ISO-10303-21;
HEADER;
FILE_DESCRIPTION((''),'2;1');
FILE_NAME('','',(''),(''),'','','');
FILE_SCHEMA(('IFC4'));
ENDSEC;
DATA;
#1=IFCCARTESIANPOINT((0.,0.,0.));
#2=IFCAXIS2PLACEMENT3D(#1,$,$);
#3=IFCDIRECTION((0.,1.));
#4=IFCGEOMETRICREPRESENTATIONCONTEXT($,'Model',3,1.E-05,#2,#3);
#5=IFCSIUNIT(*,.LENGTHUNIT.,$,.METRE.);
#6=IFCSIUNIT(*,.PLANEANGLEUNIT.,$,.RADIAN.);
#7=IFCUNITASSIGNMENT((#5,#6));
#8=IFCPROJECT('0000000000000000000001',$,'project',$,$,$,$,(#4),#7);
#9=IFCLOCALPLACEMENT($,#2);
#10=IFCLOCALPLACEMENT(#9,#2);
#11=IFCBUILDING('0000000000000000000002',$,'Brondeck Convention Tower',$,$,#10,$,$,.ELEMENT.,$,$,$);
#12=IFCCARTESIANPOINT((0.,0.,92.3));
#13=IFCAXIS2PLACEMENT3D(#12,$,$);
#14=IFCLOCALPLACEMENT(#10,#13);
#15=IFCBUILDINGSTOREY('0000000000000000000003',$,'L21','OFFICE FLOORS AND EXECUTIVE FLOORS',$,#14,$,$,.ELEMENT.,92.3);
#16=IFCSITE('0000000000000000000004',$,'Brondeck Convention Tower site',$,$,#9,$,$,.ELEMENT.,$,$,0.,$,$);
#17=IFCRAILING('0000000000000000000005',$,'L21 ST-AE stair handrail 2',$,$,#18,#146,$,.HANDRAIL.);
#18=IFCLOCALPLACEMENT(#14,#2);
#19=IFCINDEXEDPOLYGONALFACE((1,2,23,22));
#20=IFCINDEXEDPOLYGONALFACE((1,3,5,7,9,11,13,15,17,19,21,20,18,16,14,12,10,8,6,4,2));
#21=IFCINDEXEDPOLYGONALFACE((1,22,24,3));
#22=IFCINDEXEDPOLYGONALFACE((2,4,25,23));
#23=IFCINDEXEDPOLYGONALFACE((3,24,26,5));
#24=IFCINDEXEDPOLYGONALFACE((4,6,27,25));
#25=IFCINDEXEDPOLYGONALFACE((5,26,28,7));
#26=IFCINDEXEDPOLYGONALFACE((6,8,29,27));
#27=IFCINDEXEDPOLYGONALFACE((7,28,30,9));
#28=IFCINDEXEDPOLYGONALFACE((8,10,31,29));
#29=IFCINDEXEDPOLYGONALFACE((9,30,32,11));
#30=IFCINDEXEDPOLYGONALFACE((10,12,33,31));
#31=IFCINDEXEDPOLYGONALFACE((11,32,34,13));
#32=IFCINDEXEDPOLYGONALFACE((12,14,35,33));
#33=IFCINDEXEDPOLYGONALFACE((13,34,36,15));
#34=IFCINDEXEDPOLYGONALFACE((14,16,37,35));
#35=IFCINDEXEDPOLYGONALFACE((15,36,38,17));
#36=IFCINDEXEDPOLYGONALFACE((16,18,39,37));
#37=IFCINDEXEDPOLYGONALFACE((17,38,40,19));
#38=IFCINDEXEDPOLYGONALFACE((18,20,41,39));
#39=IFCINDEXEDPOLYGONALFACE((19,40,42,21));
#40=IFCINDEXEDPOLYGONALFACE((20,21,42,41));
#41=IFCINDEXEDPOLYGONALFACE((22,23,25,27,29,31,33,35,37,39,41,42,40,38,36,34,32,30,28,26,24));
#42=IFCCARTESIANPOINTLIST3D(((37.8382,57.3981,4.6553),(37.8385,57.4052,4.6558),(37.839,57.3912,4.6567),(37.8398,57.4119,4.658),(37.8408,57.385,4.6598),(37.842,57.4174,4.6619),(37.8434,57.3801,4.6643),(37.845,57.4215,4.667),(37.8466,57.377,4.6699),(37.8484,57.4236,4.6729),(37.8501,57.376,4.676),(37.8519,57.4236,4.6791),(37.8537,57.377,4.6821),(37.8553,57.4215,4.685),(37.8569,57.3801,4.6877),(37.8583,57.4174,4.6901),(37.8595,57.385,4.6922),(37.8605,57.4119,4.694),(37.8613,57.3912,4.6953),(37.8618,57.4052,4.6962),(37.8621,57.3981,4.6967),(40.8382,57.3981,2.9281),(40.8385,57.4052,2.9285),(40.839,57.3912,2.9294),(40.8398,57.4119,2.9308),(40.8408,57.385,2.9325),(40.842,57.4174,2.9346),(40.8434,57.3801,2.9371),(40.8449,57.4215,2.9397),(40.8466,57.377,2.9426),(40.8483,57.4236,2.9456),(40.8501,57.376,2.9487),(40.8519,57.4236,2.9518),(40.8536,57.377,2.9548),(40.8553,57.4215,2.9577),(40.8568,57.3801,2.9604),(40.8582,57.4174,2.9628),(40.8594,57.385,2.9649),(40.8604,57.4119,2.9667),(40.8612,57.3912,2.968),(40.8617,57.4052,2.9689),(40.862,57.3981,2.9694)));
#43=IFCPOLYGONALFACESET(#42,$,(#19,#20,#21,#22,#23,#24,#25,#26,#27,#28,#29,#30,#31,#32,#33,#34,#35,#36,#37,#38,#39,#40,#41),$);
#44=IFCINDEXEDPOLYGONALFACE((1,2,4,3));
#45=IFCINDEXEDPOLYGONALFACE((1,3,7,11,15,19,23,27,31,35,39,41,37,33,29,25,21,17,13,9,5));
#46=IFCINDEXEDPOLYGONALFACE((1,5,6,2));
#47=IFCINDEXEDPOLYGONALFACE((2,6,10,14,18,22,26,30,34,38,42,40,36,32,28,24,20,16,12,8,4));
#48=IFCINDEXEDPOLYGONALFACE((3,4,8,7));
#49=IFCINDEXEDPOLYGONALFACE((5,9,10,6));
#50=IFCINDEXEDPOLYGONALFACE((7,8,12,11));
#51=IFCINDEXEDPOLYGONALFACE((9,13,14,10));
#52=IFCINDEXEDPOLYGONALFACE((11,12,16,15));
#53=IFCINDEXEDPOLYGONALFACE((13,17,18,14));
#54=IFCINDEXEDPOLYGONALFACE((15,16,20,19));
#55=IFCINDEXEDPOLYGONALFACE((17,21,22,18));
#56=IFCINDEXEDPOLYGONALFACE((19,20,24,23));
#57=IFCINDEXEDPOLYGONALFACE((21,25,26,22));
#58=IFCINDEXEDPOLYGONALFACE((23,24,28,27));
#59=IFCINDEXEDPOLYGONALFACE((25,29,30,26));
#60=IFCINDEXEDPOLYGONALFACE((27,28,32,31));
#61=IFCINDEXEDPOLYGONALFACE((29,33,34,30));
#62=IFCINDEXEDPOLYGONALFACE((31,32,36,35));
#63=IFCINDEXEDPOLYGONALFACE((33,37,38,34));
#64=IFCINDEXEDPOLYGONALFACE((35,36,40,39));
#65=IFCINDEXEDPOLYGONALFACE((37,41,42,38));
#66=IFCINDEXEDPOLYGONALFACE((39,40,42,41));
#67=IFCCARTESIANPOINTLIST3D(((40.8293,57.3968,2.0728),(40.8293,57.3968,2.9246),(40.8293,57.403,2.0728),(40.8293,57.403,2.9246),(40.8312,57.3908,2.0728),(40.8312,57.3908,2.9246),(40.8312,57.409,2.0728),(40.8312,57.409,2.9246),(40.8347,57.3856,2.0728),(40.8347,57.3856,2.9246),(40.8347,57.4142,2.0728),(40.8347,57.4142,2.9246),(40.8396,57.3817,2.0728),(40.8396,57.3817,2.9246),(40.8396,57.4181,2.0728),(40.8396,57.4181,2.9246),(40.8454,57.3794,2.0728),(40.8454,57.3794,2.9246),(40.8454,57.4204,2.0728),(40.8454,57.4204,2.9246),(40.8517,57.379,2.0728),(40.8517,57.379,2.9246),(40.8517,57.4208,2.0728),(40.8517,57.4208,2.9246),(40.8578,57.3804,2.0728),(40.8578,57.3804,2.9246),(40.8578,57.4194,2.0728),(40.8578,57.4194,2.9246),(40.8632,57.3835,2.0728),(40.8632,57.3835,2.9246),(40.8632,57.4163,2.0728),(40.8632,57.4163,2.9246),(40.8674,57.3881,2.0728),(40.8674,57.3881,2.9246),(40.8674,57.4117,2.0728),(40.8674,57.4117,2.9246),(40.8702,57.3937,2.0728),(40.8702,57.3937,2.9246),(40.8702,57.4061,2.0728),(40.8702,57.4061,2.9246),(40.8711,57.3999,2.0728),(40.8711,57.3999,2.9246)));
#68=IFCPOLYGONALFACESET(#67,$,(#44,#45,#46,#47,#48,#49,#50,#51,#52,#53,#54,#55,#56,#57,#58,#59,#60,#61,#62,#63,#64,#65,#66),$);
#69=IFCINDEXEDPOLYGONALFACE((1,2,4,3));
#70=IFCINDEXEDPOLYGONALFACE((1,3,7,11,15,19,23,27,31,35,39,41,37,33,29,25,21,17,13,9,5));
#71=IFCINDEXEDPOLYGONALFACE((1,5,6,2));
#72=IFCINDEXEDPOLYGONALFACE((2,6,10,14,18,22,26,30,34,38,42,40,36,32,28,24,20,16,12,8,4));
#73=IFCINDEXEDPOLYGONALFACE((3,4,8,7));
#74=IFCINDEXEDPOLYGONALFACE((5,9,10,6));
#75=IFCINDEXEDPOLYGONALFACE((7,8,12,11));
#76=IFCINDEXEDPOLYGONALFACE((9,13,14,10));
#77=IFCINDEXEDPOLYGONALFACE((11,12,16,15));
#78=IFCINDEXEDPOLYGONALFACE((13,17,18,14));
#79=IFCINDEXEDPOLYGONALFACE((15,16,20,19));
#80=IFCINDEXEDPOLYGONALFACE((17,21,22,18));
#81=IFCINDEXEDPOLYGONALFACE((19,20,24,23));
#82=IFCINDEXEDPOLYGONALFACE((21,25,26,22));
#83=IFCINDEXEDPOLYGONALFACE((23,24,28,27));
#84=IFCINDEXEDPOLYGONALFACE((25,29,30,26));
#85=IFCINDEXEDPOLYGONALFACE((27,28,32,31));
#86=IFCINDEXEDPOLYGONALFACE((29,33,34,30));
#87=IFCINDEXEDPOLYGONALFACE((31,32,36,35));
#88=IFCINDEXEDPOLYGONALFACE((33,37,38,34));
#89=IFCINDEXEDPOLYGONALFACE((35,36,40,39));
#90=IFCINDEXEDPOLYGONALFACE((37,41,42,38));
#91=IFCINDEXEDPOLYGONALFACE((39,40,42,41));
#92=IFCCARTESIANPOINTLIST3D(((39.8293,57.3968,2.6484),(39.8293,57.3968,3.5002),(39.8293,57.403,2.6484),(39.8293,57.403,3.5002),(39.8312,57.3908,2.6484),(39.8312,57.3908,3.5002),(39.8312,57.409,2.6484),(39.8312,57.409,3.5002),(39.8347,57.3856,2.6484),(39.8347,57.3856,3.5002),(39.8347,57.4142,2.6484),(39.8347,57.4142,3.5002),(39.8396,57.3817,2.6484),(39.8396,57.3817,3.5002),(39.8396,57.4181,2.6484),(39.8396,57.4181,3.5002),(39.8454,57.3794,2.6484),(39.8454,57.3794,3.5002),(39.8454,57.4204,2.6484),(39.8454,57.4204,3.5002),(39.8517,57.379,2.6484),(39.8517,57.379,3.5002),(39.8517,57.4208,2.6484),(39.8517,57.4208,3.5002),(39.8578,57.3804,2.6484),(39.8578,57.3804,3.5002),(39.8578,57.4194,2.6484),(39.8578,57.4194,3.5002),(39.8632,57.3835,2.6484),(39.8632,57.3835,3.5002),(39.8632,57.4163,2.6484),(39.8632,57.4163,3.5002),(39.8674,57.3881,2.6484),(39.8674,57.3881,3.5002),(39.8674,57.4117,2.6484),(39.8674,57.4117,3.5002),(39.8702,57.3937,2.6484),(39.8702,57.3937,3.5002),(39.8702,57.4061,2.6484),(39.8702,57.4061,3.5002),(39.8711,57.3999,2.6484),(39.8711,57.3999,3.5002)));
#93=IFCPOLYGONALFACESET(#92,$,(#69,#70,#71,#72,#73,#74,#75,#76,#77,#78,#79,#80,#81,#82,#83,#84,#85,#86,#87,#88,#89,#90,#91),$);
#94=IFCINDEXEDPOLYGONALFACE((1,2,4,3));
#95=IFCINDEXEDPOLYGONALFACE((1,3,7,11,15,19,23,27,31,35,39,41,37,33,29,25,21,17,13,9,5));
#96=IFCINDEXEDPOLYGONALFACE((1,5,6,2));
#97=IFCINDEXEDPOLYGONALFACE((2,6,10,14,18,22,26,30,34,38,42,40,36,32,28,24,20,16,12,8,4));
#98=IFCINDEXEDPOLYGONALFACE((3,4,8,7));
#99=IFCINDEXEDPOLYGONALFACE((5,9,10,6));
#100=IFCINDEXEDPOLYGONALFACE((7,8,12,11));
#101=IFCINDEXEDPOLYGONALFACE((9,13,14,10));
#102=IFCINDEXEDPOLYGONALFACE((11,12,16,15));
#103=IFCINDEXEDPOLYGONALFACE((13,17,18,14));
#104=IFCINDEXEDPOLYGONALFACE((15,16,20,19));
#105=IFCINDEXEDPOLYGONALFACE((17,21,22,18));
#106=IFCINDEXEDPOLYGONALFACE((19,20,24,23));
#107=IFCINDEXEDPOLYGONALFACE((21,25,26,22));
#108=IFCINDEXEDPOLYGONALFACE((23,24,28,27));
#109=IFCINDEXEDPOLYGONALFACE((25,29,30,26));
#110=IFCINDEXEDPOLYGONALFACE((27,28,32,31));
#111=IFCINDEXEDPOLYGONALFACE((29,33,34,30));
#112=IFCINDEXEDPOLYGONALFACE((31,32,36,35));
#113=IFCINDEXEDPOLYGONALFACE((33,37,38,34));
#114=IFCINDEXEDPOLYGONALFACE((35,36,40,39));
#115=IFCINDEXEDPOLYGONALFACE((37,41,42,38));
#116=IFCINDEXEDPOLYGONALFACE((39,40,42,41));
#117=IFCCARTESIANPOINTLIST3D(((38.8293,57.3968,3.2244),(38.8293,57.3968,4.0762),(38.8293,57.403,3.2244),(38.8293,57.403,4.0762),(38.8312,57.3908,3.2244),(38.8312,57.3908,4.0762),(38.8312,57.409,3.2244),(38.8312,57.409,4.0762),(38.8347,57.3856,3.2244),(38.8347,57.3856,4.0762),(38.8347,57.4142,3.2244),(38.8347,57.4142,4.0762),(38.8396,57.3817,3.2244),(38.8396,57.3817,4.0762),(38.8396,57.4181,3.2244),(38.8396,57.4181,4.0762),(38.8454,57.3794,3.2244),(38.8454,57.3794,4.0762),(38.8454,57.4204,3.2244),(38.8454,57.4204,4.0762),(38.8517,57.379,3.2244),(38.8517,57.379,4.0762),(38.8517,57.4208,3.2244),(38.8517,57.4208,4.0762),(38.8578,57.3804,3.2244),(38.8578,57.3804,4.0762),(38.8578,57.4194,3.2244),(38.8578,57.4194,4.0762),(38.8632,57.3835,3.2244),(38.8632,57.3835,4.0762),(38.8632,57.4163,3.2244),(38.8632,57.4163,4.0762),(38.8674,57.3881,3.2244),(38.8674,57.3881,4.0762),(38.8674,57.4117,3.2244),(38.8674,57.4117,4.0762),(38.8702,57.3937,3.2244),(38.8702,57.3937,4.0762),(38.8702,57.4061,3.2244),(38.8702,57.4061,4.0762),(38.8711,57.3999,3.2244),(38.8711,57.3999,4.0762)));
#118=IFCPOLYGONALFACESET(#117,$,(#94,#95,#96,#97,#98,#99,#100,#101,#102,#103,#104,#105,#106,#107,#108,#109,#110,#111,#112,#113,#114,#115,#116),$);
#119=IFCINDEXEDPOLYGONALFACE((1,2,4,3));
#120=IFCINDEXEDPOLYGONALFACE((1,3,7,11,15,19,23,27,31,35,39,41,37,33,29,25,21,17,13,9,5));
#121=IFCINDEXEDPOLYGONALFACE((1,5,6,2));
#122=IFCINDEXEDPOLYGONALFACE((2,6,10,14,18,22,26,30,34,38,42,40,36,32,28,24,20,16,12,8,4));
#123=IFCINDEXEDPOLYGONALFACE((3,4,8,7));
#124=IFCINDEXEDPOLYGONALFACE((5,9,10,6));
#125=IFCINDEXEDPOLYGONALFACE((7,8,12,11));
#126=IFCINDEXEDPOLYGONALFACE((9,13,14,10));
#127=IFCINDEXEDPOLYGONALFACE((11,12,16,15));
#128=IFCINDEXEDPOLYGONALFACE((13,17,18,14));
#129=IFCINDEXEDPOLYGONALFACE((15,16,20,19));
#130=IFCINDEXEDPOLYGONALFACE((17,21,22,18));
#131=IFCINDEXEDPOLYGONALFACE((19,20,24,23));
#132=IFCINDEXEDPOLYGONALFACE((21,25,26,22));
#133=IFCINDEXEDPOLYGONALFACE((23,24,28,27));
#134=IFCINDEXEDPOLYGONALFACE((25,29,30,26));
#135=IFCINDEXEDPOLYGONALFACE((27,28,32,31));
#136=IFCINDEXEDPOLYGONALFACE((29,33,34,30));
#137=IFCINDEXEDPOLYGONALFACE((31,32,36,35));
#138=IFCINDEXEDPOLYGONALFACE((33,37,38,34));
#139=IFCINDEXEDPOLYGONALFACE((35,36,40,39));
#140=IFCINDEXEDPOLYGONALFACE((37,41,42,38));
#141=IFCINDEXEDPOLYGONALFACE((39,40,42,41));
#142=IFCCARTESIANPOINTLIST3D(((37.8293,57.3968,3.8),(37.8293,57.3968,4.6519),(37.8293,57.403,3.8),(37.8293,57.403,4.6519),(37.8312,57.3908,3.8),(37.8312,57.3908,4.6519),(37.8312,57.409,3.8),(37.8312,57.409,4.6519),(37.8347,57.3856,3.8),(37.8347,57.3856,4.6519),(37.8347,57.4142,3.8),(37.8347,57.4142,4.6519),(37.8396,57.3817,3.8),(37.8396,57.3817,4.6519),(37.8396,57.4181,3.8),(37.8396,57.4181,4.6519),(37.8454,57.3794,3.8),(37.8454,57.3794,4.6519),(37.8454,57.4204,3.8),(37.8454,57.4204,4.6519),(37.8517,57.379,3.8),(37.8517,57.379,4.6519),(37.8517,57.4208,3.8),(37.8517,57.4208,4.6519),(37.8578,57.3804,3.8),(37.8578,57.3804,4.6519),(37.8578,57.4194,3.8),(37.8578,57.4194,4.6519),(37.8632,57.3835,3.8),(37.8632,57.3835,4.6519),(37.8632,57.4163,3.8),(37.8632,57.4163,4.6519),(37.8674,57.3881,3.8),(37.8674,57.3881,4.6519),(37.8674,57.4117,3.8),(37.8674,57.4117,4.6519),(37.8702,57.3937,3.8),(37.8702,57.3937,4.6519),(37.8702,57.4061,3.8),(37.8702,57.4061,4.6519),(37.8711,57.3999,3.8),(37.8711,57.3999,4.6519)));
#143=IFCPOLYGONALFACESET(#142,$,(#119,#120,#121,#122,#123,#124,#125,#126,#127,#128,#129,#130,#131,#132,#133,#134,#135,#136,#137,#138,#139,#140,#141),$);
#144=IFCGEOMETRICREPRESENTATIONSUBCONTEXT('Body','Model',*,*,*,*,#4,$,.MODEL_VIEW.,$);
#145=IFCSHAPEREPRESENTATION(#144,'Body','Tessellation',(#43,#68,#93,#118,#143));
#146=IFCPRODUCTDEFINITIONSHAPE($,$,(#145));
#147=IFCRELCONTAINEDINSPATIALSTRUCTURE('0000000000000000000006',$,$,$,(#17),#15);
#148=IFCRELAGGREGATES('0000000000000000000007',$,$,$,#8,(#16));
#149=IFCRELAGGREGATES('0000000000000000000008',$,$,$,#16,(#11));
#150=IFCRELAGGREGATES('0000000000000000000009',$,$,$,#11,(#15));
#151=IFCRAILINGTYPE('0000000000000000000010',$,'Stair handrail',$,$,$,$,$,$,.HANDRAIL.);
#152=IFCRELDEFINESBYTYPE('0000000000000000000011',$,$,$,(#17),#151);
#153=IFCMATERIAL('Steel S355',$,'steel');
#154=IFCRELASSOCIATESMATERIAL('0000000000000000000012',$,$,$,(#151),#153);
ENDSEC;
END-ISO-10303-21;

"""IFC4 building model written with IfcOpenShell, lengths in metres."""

from ifc_helpers import new_model, si_unit, direction, frame, origin, origin_2d, place, context, subcontext, project, spatial, circle, extrude, material, type_object, element, save


model = new_model("IFC4")

# Units and contexts
model_context = context("Model", 3, precision=1e-05, world=origin(), true_north=direction((0.0, 1.0)))
body_context = subcontext(model_context, "Body", "Model", "MODEL_VIEW")
ifc_project = project(units=[si_unit("LENGTHUNIT", "METRE"), si_unit("PLANEANGLEUNIT", "RADIAN")], contexts=[model_context])

# Site, building, storey
site_placement = place(None, origin())
site = spatial("IfcSite", under=ifc_project, at=site_placement, Name="Brondeck Convention Tower site", CompositionType="ELEMENT", RefElevation=0.0)
building_placement = place(site_placement, origin())
building = spatial("IfcBuilding", under=site, at=building_placement, Name="Brondeck Convention Tower", CompositionType="ELEMENT")
storey_placement = place(building_placement, frame((0.0, 0.0, 92.3)))
storey = spatial("IfcBuildingStorey", under=building, at=storey_placement, Name="L21", Description="OFFICE FLOORS AND EXECUTIVE FLOORS", CompositionType="ELEMENT", Elevation=92.3)

# Shared definitions
ifc_material_1 = material(Name="Steel S355", Category="steel")

# Railing
railing_type_1 = type_object("IfcRailingType", Name="Stair handrail", PredefinedType="HANDRAIL", material=ifc_material_1)
railing_1_placement = place(storey_placement, frame((40.8501, 57.3999, 2.0728)))
element("IfcRailing", 1, at=railing_1_placement, inside=storey, type_object=railing_type_1, Name="L21 ST-AE stair handrail 2", PredefinedType="HANDRAIL", context=body_context, shape_type="SweptSolid", body=[
    extrude(circle(Radius=0.0239, at=origin_2d()), frame((0.0, 0.0, 0.876), z_axis=(-0.86662, 0.0, 0.498969), x_axis=(0.0, -1.0, 0.0)), (0.0, 0.0, 1.0), 3.4617),
    extrude(circle(Radius=0.021, at=origin_2d()), origin(), (0.0, 0.0, 1.0), 0.8518),
    extrude(circle(Radius=0.021, at=origin_2d()), frame((-1.0, 0.0, 0.5757)), (0.0, 0.0, 1.0), 0.8518),
    extrude(circle(Radius=0.021, at=origin_2d()), frame((-2.0, 0.0, 1.1516)), (0.0, 0.0, 1.0), 0.8518),
    extrude(circle(Radius=0.021, at=origin_2d()), frame((-3.0, 0.0, 1.7273)), (0.0, 0.0, 1.0), 0.8518),
])

save(model, "model.ifc")
